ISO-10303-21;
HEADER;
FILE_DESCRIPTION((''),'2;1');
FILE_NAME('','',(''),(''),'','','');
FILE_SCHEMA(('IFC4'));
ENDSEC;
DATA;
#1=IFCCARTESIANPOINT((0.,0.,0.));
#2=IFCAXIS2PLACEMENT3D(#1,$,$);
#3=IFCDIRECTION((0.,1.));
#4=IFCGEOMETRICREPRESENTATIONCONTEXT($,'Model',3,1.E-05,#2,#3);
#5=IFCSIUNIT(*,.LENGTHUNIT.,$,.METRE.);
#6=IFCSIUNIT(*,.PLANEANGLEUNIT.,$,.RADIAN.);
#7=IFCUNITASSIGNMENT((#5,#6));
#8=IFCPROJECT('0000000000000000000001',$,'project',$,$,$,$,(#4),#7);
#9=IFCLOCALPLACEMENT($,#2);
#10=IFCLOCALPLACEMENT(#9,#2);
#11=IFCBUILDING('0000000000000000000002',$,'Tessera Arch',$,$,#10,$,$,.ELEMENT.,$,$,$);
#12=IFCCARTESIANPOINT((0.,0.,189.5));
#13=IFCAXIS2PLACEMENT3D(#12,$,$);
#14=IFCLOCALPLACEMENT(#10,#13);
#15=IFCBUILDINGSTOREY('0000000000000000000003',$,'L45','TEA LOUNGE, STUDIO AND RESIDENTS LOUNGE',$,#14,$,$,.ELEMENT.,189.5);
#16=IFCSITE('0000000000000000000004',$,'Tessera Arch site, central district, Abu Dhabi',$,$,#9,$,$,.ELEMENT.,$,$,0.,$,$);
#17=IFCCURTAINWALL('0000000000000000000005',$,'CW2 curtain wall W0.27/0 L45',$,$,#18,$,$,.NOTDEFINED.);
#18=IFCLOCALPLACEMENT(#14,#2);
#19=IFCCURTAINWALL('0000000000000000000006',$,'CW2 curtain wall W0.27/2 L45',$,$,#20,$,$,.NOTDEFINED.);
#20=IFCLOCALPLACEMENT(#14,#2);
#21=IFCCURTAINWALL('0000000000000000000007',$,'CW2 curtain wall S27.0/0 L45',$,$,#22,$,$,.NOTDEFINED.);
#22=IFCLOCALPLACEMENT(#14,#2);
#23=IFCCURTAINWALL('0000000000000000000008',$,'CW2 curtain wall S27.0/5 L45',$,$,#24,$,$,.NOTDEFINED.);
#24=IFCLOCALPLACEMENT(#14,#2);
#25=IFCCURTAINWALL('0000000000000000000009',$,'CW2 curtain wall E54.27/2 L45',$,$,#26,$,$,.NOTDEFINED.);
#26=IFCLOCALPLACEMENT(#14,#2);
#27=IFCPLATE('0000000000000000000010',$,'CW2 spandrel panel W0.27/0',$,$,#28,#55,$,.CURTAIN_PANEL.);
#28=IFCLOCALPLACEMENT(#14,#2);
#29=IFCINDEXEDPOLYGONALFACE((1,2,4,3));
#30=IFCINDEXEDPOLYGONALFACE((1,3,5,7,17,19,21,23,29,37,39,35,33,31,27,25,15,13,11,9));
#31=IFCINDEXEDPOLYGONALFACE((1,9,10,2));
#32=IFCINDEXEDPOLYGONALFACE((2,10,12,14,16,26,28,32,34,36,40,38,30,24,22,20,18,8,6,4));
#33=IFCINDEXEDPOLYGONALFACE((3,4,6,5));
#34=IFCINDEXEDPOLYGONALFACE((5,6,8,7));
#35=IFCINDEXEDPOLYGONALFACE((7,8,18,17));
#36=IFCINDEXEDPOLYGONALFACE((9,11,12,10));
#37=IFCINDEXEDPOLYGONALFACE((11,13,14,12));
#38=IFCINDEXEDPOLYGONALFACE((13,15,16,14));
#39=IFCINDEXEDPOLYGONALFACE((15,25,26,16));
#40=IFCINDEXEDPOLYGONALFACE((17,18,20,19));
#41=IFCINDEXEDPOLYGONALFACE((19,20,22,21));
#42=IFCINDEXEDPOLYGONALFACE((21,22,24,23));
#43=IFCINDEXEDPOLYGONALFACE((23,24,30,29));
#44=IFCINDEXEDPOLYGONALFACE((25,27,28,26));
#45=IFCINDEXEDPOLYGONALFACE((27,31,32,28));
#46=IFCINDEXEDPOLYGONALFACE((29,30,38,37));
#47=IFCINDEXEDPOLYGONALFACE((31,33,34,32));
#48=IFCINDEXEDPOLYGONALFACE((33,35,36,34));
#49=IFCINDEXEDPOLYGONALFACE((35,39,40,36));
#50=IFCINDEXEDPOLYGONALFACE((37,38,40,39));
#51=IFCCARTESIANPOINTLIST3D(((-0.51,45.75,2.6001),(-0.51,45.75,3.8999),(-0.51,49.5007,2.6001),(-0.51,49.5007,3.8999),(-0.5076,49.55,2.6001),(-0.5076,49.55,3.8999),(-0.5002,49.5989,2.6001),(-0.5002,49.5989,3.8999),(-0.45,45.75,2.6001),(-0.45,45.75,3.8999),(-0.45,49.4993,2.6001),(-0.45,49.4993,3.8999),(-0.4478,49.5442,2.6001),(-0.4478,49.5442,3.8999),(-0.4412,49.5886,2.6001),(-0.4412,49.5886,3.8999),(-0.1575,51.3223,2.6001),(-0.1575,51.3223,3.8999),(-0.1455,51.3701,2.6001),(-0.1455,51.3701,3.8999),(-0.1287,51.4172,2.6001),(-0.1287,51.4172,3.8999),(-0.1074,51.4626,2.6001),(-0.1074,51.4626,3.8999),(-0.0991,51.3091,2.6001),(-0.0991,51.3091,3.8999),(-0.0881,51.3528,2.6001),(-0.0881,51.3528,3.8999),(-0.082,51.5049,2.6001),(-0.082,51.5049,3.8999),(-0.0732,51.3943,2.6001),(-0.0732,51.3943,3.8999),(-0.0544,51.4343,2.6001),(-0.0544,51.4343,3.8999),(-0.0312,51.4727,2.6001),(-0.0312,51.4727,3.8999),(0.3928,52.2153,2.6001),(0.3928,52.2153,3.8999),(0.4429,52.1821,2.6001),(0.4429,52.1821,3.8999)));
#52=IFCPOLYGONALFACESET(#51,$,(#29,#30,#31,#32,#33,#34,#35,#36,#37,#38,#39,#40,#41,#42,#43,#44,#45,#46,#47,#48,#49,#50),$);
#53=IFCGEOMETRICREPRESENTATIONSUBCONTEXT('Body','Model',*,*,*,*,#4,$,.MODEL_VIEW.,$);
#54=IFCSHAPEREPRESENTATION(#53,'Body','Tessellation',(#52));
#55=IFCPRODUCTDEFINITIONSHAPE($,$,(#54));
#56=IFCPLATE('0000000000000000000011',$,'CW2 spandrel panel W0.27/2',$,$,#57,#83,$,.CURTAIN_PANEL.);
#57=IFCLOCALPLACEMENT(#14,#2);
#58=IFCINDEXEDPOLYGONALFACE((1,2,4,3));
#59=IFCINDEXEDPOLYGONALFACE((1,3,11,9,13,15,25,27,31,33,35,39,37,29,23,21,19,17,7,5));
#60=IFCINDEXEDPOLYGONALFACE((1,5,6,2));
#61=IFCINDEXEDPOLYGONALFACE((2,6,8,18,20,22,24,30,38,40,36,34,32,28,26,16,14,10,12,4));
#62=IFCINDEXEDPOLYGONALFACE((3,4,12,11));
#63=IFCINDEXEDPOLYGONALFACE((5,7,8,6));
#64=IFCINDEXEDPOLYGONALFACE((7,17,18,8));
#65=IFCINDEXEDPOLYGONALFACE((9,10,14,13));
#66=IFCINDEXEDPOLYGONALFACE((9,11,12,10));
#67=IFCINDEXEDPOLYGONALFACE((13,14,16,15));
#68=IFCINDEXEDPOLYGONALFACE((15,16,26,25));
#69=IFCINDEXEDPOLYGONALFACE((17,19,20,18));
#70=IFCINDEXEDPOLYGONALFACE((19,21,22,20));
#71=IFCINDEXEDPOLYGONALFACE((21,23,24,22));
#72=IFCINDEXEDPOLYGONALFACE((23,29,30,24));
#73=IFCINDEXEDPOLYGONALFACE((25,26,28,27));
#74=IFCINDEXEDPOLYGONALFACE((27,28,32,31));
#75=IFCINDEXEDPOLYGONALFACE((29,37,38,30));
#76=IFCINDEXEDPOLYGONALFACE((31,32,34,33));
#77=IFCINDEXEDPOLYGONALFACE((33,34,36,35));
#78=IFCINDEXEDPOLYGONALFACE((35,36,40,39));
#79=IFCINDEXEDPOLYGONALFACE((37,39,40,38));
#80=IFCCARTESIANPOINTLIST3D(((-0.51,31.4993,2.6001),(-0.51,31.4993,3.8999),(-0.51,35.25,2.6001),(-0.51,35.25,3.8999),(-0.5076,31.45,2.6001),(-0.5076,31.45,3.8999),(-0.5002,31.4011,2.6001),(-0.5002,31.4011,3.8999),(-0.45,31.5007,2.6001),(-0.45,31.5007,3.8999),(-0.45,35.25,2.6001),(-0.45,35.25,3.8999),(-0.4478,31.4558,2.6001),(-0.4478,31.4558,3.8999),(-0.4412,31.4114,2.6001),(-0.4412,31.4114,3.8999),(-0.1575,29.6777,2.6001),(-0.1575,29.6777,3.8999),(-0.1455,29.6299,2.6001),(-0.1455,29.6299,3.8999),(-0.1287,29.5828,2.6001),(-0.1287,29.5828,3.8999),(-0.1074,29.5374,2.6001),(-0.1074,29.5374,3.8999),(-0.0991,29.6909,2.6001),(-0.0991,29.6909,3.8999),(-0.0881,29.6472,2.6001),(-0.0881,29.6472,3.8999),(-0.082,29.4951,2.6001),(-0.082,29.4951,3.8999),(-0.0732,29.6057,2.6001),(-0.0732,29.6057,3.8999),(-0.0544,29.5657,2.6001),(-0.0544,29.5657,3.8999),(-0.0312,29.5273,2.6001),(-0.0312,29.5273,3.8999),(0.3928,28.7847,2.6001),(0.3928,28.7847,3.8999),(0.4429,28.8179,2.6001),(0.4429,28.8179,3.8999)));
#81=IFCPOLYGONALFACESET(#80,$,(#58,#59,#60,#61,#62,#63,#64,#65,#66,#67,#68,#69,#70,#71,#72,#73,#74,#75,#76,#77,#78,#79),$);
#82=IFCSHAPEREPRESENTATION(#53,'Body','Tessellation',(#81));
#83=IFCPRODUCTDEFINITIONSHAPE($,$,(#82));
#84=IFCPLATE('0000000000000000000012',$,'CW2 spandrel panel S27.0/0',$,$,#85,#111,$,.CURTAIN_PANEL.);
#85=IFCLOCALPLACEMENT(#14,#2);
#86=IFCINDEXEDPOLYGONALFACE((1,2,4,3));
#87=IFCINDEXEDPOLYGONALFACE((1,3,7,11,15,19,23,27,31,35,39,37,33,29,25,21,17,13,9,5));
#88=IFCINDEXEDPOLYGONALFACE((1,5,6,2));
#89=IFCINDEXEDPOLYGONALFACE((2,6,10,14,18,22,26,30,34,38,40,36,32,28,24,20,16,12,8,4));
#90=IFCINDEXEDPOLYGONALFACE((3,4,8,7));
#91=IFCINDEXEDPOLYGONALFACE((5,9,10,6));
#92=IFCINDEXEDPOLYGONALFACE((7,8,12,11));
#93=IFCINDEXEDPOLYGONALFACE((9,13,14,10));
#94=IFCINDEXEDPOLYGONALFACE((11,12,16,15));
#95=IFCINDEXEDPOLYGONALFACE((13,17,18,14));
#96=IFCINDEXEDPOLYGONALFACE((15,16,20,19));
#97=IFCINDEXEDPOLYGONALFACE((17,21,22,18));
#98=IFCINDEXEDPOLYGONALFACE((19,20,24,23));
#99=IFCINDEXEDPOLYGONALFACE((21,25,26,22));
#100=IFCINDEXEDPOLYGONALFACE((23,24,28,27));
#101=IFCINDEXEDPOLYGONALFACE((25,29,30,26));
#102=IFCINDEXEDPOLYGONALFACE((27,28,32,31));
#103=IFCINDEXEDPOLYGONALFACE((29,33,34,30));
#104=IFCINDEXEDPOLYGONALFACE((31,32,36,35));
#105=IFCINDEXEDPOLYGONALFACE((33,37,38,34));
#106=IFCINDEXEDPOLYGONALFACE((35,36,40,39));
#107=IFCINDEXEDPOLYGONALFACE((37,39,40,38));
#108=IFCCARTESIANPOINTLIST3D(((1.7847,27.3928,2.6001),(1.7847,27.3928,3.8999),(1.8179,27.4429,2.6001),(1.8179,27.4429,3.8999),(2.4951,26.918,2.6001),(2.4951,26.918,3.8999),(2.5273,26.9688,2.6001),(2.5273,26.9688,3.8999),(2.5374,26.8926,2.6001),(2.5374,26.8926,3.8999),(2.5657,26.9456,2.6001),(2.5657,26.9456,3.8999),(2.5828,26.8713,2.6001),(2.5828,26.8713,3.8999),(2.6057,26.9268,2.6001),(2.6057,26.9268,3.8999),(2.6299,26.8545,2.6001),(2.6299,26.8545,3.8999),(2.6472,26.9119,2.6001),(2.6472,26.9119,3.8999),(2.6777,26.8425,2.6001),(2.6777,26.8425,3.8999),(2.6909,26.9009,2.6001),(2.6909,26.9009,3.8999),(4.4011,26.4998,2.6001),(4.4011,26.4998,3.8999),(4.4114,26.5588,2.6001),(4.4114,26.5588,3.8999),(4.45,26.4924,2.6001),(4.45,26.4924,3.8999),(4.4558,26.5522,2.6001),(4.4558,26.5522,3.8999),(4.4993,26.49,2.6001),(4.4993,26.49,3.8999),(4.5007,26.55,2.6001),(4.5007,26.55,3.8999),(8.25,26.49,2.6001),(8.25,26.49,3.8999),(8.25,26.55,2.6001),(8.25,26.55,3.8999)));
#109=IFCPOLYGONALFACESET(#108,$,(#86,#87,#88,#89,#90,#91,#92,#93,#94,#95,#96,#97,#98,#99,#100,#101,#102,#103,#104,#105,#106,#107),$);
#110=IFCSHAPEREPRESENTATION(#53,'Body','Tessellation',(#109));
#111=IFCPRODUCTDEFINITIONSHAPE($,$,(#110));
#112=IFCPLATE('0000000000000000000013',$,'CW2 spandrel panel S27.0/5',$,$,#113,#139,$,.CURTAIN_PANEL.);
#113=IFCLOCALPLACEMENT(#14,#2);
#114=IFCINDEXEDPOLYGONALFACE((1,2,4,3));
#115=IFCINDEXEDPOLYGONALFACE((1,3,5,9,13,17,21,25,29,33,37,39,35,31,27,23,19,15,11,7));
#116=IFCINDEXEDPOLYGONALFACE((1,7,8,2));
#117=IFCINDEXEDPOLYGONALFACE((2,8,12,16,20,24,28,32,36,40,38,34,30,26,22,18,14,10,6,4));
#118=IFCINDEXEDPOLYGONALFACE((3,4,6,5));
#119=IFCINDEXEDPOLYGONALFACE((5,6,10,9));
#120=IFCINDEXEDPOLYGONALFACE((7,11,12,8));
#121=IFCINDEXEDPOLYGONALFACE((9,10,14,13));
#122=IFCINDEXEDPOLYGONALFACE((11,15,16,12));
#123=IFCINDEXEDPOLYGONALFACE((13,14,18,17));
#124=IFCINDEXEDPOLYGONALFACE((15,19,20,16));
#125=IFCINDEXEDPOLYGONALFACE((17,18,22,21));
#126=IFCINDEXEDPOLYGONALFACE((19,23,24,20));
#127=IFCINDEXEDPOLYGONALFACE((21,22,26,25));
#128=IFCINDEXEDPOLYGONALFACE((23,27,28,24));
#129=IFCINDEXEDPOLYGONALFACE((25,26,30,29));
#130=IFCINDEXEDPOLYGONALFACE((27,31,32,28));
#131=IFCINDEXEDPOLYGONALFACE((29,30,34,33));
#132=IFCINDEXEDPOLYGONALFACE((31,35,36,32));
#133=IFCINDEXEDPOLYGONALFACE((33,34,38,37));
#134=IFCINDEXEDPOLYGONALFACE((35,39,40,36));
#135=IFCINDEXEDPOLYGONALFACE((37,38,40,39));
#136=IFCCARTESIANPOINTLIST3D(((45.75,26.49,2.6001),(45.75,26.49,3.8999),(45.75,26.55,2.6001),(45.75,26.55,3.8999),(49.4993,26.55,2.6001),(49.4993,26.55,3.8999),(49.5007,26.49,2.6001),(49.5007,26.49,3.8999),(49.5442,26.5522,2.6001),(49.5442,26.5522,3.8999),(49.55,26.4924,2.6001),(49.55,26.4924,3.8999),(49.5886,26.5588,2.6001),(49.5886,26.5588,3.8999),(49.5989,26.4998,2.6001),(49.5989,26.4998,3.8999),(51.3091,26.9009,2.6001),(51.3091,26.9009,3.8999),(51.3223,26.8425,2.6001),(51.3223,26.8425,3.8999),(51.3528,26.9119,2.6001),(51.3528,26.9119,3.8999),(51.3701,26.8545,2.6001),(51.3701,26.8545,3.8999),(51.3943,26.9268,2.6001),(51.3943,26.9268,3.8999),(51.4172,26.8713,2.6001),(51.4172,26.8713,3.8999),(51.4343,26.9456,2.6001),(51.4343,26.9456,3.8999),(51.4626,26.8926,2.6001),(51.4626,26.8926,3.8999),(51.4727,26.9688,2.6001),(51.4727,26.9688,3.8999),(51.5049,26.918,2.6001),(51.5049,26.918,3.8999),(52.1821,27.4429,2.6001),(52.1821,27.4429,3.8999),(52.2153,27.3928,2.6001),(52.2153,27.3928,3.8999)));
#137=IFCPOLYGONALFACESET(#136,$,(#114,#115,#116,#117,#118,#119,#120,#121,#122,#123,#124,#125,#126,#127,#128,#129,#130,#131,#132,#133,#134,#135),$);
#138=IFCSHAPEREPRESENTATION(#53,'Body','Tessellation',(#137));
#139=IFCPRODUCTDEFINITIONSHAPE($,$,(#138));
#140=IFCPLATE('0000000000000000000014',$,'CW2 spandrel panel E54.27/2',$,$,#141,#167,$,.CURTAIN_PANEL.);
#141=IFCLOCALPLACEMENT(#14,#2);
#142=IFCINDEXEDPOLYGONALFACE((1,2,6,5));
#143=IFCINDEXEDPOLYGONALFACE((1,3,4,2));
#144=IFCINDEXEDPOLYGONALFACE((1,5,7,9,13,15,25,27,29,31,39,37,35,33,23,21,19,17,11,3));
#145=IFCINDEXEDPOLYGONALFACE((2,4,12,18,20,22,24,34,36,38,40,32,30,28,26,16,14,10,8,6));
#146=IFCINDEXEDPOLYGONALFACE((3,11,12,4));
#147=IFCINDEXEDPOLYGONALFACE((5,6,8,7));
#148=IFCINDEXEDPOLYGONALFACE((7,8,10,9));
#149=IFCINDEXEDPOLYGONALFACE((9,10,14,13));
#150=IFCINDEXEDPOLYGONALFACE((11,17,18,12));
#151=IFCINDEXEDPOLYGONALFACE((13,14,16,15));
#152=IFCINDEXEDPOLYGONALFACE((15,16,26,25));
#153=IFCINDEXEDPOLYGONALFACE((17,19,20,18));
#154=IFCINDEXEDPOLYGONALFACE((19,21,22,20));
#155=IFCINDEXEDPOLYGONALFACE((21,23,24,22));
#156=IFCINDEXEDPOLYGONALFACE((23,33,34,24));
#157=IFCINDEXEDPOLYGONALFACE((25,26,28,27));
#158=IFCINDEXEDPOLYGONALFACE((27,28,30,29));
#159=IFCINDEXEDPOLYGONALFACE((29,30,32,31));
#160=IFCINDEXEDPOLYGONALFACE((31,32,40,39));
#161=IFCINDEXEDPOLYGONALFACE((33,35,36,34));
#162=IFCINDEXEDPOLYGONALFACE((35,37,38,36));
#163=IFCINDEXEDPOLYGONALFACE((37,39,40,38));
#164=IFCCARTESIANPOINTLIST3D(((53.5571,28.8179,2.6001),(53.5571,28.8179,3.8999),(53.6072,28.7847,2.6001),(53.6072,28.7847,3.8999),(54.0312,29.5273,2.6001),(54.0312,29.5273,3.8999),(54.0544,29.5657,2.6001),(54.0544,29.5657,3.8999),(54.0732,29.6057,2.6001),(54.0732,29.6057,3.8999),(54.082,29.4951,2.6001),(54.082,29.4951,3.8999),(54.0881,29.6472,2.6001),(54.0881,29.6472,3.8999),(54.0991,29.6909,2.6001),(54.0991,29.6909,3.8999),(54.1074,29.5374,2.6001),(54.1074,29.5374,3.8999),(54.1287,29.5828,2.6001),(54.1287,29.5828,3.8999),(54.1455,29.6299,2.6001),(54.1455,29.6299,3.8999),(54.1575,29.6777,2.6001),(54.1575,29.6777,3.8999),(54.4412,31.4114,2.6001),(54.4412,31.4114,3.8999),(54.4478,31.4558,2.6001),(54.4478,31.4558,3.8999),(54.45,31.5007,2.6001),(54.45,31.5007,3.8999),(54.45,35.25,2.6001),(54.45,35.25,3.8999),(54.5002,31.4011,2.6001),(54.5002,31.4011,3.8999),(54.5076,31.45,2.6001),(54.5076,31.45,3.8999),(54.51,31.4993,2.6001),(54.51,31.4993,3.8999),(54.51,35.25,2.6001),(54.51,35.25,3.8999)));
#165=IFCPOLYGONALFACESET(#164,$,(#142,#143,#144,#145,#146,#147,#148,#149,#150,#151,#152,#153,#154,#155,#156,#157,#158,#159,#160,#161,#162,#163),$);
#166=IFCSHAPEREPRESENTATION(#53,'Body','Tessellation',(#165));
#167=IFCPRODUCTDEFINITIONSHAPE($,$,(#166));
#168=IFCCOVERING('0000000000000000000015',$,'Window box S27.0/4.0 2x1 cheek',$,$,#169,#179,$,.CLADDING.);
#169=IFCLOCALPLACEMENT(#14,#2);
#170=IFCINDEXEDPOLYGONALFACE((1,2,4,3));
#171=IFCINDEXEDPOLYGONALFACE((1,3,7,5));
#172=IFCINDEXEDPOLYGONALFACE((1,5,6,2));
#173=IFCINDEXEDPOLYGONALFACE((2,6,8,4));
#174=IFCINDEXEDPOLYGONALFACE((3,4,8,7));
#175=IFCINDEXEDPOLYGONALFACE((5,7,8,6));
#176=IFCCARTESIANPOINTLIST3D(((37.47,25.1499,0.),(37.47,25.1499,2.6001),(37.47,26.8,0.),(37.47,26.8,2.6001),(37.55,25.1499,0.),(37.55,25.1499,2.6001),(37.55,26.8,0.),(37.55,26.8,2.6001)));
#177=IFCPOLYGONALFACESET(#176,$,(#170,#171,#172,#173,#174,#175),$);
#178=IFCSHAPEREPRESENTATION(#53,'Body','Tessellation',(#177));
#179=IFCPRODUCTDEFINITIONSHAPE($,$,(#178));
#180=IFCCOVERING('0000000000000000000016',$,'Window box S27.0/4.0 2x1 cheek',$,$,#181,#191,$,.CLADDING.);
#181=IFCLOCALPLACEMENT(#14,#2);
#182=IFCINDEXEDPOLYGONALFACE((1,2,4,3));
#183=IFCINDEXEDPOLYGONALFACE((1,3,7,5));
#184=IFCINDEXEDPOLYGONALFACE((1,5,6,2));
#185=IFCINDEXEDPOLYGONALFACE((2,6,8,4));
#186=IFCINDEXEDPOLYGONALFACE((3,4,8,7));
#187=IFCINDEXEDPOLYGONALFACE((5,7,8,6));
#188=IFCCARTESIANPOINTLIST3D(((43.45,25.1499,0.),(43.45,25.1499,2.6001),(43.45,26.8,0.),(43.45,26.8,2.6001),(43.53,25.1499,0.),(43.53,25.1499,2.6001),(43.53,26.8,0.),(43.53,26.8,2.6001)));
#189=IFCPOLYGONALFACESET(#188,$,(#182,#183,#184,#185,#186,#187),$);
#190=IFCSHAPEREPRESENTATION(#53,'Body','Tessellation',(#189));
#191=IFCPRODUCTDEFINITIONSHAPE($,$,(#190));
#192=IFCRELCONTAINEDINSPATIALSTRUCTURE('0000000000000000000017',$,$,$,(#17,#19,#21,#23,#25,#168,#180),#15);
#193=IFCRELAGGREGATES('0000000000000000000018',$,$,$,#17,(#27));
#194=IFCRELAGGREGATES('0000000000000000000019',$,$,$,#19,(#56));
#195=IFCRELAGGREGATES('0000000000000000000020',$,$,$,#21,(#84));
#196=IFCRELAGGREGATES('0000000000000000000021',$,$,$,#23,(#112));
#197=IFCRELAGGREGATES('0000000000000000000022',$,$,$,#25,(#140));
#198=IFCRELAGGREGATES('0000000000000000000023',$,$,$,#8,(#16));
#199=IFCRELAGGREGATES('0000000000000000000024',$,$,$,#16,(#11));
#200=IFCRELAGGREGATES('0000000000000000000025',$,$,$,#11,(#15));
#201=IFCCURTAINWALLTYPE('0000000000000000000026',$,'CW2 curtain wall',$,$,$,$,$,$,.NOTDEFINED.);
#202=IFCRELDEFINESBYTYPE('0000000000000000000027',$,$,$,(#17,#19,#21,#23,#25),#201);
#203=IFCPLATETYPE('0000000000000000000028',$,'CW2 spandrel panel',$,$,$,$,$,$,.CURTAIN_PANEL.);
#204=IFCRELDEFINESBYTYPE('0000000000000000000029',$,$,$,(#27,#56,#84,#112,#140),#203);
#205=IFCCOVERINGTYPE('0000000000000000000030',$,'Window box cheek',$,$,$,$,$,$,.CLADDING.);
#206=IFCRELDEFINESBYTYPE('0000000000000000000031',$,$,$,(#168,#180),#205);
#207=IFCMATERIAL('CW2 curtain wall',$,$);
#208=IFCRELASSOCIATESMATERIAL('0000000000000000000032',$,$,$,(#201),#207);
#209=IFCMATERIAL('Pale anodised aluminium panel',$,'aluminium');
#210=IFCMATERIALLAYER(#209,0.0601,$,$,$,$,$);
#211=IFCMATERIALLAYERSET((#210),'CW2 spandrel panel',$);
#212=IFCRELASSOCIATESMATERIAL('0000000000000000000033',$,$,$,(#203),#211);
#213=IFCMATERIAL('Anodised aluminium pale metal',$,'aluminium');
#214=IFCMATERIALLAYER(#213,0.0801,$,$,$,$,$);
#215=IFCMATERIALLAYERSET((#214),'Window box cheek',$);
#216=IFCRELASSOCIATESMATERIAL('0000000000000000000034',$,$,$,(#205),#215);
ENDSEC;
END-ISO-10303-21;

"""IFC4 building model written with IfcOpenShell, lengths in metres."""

from ifc_helpers import new_model, si_unit, direction, frame, origin, place, context, subcontext, project, spatial, polyline, outline, extrude, material, layer, layer_set, type_object, element, aggregate, save


model = new_model("IFC4")

# Units and contexts
model_context = context("Model", 3, precision=1e-05, world=origin(), true_north=direction((0.0, 1.0)))
body_context = subcontext(model_context, "Body", "Model", "MODEL_VIEW")
ifc_project = project(units=[si_unit("LENGTHUNIT", "METRE"), si_unit("PLANEANGLEUNIT", "RADIAN")], contexts=[model_context])

# Site, building, storey
site_placement = place(None, origin())
site = spatial("IfcSite", under=ifc_project, at=site_placement, Name="Tessera Arch site, central district, Abu Dhabi", CompositionType="ELEMENT", RefElevation=0.0)
building_placement = place(site_placement, origin())
building = spatial("IfcBuilding", under=site, at=building_placement, Name="Tessera Arch", CompositionType="ELEMENT")
storey_placement = place(building_placement, frame((0.0, 0.0, 189.5)))
storey = spatial("IfcBuildingStorey", under=building, at=storey_placement, Name="L45", Description="TEA LOUNGE, STUDIO AND RESIDENTS LOUNGE", CompositionType="ELEMENT", Elevation=189.5)

# Curtain walls
ifc_material_1 = material(Name="CW2 curtain wall")
curtain_wall_type = type_object("IfcCurtainWallType", Name="CW2 curtain wall", PredefinedType="NOTDEFINED", material=ifc_material_1)
curtain_wall_1_placement = place(storey_placement, origin())
curtain_wall_1 = element("IfcCurtainWall", 1, at=curtain_wall_1_placement, inside=storey, type_object=curtain_wall_type, Name="CW2 curtain wall W0.27/0 L45", PredefinedType="NOTDEFINED")
curtain_wall_2_placement = place(storey_placement, origin())
curtain_wall_2 = element("IfcCurtainWall", 2, at=curtain_wall_2_placement, inside=storey, type_object=curtain_wall_type, Name="CW2 curtain wall W0.27/2 L45", PredefinedType="NOTDEFINED")
curtain_wall_3_placement = place(storey_placement, origin())
curtain_wall_3 = element("IfcCurtainWall", 3, at=curtain_wall_3_placement, inside=storey, type_object=curtain_wall_type, Name="CW2 curtain wall S27.0/0 L45", PredefinedType="NOTDEFINED")
curtain_wall_4_placement = place(storey_placement, origin())
curtain_wall_4 = element("IfcCurtainWall", 4, at=curtain_wall_4_placement, inside=storey, type_object=curtain_wall_type, Name="CW2 curtain wall S27.0/5 L45", PredefinedType="NOTDEFINED")
curtain_wall_5_placement = place(storey_placement, origin())
curtain_wall_5 = element("IfcCurtainWall", 5, at=curtain_wall_5_placement, inside=storey, type_object=curtain_wall_type, Name="CW2 curtain wall E54.27/2 L45", PredefinedType="NOTDEFINED")

# Plates
ifc_material_2 = material(Name="Pale anodised aluminium panel", Category="aluminium")
ifc_layer_1 = layer(ifc_material_2, 0.0601)
ifc_layer_set_1 = layer_set([ifc_layer_1], Name="CW2 spandrel panel")
plate_type_1 = type_object("IfcPlateType", Name="CW2 spandrel panel", PredefinedType="CURTAIN_PANEL", material=ifc_layer_set_1)
plate_1_placement = place(storey_placement, frame((0.0, 0.0, 2.6001)))
plate_1 = element("IfcPlate", 6, at=plate_1_placement, type_object=plate_type_1, Name="CW2 spandrel panel W0.27/0", PredefinedType="CURTAIN_PANEL", context=body_context, shape_type="SweptSolid", body=[
    extrude(outline(polyline([(-0.0312, 51.4727), (0.4429, 52.1821), (0.3928, 52.2153), (-0.082, 51.5049), (-0.1074, 51.4626), (-0.1287, 51.4172), (-0.1455, 51.3701), (-0.1575, 51.3223), (-0.5002, 49.5989), (-0.5076, 49.55), (-0.51, 49.5007), (-0.51, 45.75), (-0.45, 45.75), (-0.45, 49.4993), (-0.4478, 49.5442), (-0.4412, 49.5886), (-0.0991, 51.3091), (-0.0881, 51.3528), (-0.0732, 51.3943), (-0.0544, 51.4343), (-0.0312, 51.4727)])), origin(), (0.0, 0.0, 1.0), 1.2998),
])
aggregate(curtain_wall_1, [plate_1])
plate_2_placement = place(storey_placement, frame((0.0, 0.0, 2.6001)))
plate_2 = element("IfcPlate", 7, at=plate_2_placement, type_object=plate_type_1, Name="CW2 spandrel panel W0.27/2", PredefinedType="CURTAIN_PANEL", context=body_context, shape_type="SweptSolid", body=[
    extrude(outline(polyline([(-0.45, 31.5007), (-0.45, 35.25), (-0.51, 35.25), (-0.51, 31.4993), (-0.5076, 31.45), (-0.5002, 31.4011), (-0.1575, 29.6777), (-0.1455, 29.6299), (-0.1287, 29.5828), (-0.1074, 29.5374), (-0.082, 29.4951), (0.3928, 28.7847), (0.4429, 28.8179), (-0.0312, 29.5273), (-0.0544, 29.5657), (-0.0732, 29.6057), (-0.0881, 29.6472), (-0.0991, 29.6909), (-0.4412, 31.4114), (-0.4478, 31.4558), (-0.45, 31.5007)])), origin(), (0.0, 0.0, 1.0), 1.2998),
])
aggregate(curtain_wall_2, [plate_2])
plate_3_placement = place(storey_placement, frame((0.0, 0.0, 2.6001)))
plate_3 = element("IfcPlate", 8, at=plate_3_placement, type_object=plate_type_1, Name="CW2 spandrel panel S27.0/0", PredefinedType="CURTAIN_PANEL", context=body_context, shape_type="SweptSolid", body=[
    extrude(outline(polyline([(2.5273, 26.9688), (1.8179, 27.4429), (1.7847, 27.3928), (2.4951, 26.918), (2.5374, 26.8926), (2.5828, 26.8713), (2.6299, 26.8545), (2.6777, 26.8425), (4.4011, 26.4998), (4.45, 26.4924), (4.4993, 26.49), (8.25, 26.49), (8.25, 26.55), (4.5007, 26.55), (4.4558, 26.5522), (4.4114, 26.5588), (2.6909, 26.9009), (2.6472, 26.9119), (2.6057, 26.9268), (2.5657, 26.9456), (2.5273, 26.9688)])), origin(), (0.0, 0.0, 1.0), 1.2998),
])
aggregate(curtain_wall_3, [plate_3])
plate_4_placement = place(storey_placement, frame((0.0, 0.0, 2.6001)))
plate_4 = element("IfcPlate", 9, at=plate_4_placement, type_object=plate_type_1, Name="CW2 spandrel panel S27.0/5", PredefinedType="CURTAIN_PANEL", context=body_context, shape_type="SweptSolid", body=[
    extrude(outline(polyline([(49.4993, 26.55), (45.75, 26.55), (45.75, 26.49), (49.5007, 26.49), (49.55, 26.4924), (49.5989, 26.4998), (51.3223, 26.8425), (51.3701, 26.8545), (51.4172, 26.8713), (51.4626, 26.8926), (51.5049, 26.918), (52.2153, 27.3928), (52.1821, 27.4429), (51.4727, 26.9688), (51.4343, 26.9456), (51.3943, 26.9268), (51.3528, 26.9119), (51.3091, 26.9009), (49.5886, 26.5588), (49.5442, 26.5522), (49.4993, 26.55)])), origin(), (0.0, 0.0, 1.0), 1.2998),
])
aggregate(curtain_wall_4, [plate_4])
plate_5_placement = place(storey_placement, frame((0.0, 0.0, 2.6001)))
plate_5 = element("IfcPlate", 10, at=plate_5_placement, type_object=plate_type_1, Name="CW2 spandrel panel E54.27/2", PredefinedType="CURTAIN_PANEL", context=body_context, shape_type="SweptSolid", body=[
    extrude(outline(polyline([(54.0312, 29.5273), (53.5571, 28.8179), (53.6072, 28.7847), (54.082, 29.4951), (54.1074, 29.5374), (54.1287, 29.5828), (54.1455, 29.6299), (54.1575, 29.6777), (54.5002, 31.4011), (54.5076, 31.45), (54.51, 31.4993), (54.51, 35.25), (54.45, 35.25), (54.45, 31.5007), (54.4478, 31.4558), (54.4412, 31.4114), (54.0991, 29.6909), (54.0881, 29.6472), (54.0732, 29.6057), (54.0544, 29.5657), (54.0312, 29.5273)])), origin(), (0.0, 0.0, 1.0), 1.2998),
])
aggregate(curtain_wall_5, [plate_5])

# Coverings
ifc_material_3 = material(Name="Anodised aluminium pale metal", Category="aluminium")
ifc_layer_2 = layer(ifc_material_3, 0.0801)
ifc_layer_set_2 = layer_set([ifc_layer_2], Name="Window box cheek")
covering_type_1 = type_object("IfcCoveringType", Name="Window box cheek", PredefinedType="CLADDING", material=ifc_layer_set_2)
covering_1_placement = place(storey_placement, origin())
element("IfcCovering", 11, at=covering_1_placement, inside=storey, type_object=covering_type_1, Name="Window box S27.0/4.0 2x1 cheek", PredefinedType="CLADDING", context=body_context, shape_type="SweptSolid", body=[
    extrude(outline(polyline([(37.47, 25.1499), (37.55, 25.1499), (37.55, 26.8), (37.47, 26.8), (37.47, 25.1499)])), origin(), (0.0, 0.0, 1.0), 2.6001),
])
covering_2_placement = place(storey_placement, origin())
element("IfcCovering", 12, at=covering_2_placement, inside=storey, type_object=covering_type_1, Name="Window box S27.0/4.0 2x1 cheek", PredefinedType="CLADDING", context=body_context, shape_type="SweptSolid", body=[
    extrude(outline(polyline([(43.45, 25.1499), (43.53, 25.1499), (43.53, 26.8), (43.45, 26.8), (43.45, 25.1499)])), origin(), (0.0, 0.0, 1.0), 2.6001),
])

save(model, "model.ifc")
